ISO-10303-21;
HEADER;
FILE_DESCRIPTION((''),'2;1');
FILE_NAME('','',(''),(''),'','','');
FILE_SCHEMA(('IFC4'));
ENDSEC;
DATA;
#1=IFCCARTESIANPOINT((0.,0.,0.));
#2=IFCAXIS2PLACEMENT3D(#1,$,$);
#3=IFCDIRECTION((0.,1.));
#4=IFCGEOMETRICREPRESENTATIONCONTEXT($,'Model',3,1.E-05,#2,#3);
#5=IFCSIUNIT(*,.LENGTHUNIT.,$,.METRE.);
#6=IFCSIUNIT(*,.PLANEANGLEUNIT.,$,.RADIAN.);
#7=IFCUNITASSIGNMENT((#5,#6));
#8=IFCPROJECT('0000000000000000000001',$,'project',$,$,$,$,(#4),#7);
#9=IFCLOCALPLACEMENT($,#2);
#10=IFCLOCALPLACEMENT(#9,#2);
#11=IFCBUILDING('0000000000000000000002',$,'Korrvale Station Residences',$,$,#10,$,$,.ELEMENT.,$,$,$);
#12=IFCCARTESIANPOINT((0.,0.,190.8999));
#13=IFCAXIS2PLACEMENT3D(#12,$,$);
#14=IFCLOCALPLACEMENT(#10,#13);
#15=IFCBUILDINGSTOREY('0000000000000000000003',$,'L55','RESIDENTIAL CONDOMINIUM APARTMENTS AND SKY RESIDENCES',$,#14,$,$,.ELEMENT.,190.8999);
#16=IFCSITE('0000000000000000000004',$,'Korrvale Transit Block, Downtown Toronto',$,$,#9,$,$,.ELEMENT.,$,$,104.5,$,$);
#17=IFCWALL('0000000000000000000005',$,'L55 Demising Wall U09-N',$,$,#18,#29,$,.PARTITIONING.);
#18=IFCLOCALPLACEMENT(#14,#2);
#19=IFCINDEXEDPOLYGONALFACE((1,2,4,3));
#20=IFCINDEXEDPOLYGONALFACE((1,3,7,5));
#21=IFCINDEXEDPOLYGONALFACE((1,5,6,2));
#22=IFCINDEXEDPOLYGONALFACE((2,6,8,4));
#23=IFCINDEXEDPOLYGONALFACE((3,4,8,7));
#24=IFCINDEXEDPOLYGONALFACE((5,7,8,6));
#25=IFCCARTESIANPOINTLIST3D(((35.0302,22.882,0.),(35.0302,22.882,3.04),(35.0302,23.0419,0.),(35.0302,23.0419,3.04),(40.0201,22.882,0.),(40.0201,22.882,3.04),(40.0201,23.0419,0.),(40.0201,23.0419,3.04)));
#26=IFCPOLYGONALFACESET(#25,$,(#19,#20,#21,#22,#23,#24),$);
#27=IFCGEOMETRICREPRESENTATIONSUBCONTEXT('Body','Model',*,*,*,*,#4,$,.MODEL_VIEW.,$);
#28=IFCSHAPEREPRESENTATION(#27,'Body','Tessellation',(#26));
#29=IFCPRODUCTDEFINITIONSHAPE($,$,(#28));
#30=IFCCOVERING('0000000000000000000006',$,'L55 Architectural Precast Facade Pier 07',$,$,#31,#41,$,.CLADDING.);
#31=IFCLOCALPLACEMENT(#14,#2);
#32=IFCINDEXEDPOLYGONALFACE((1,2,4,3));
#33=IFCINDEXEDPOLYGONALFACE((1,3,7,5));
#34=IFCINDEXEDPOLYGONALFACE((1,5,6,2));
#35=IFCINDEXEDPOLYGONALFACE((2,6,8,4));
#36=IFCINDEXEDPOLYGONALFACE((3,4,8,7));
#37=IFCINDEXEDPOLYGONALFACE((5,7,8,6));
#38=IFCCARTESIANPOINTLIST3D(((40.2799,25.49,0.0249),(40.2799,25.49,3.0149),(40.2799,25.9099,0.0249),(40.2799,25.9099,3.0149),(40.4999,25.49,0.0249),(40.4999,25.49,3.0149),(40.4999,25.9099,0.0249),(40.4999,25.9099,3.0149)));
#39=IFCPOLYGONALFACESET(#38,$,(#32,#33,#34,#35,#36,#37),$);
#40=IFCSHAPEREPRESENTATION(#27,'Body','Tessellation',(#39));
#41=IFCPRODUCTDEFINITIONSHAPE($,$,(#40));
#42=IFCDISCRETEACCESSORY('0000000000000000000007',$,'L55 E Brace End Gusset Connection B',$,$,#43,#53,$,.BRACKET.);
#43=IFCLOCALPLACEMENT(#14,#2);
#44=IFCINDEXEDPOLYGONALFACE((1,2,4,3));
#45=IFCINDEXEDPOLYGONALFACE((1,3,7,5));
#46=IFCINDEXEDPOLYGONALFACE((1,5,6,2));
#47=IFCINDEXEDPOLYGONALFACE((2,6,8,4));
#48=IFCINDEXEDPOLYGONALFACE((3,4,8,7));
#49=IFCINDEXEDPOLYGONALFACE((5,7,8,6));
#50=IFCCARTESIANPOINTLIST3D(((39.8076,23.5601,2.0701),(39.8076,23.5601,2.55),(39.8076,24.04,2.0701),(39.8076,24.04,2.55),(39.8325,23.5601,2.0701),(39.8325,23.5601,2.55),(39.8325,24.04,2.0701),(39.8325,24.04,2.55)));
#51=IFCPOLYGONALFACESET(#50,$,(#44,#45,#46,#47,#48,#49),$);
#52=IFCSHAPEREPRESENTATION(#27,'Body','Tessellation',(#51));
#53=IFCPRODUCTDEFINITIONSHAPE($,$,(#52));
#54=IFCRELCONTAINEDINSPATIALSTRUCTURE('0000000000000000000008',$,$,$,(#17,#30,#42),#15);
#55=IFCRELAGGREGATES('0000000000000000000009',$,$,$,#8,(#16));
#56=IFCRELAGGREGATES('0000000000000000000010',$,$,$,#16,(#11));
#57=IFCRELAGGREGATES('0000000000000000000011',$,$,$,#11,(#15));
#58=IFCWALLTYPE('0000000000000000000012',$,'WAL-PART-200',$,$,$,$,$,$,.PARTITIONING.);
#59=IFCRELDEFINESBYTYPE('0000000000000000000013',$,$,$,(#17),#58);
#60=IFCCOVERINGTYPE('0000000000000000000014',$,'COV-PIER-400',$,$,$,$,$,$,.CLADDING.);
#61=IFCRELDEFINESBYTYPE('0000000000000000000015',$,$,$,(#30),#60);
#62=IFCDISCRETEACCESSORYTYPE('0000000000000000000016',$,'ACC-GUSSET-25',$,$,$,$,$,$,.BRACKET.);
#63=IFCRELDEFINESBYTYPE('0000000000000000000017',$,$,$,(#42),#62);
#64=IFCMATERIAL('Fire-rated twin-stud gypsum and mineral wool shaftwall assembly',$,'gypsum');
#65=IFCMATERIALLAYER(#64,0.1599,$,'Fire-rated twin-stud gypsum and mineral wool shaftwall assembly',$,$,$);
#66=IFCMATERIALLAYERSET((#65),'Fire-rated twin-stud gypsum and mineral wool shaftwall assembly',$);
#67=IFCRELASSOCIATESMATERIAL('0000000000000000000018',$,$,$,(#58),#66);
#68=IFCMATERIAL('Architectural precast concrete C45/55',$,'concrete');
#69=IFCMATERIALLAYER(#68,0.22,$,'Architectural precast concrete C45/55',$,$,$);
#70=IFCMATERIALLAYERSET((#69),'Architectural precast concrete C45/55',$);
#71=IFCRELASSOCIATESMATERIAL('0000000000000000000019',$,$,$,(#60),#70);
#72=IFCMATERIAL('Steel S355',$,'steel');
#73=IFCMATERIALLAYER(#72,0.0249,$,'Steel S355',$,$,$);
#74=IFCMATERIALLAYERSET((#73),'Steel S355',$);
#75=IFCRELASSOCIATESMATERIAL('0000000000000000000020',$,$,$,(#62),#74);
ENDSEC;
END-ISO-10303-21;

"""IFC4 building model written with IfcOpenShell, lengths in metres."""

from ifc_helpers import new_model, si_unit, direction, frame, frame_2d, origin, origin_2d, place, context, subcontext, project, spatial, rectangle, extrude, material, layer, layer_set, type_object, element, save


model = new_model("IFC4")

# Units and contexts
model_context = context("Model", 3, precision=1e-05, world=origin(), true_north=direction((0.0, 1.0)))
body_context = subcontext(model_context, "Body", "Model", "MODEL_VIEW")
ifc_project = project(units=[si_unit("LENGTHUNIT", "METRE"), si_unit("PLANEANGLEUNIT", "RADIAN")], contexts=[model_context])

# Site, building, storey
site_placement = place(None, origin())
site = spatial("IfcSite", under=ifc_project, at=site_placement, Name="Korrvale Transit Block, Downtown Toronto", CompositionType="ELEMENT", RefElevation=104.5)
building_placement = place(site_placement, origin())
building = spatial("IfcBuilding", under=site, at=building_placement, Name="Korrvale Station Residences", CompositionType="ELEMENT")
storey_placement = place(building_placement, frame((0.0, 0.0, 190.8999)))
storey = spatial("IfcBuildingStorey", under=building, at=storey_placement, Name="L55", Description="RESIDENTIAL CONDOMINIUM APARTMENTS AND SKY RESIDENCES", CompositionType="ELEMENT", Elevation=190.8999)

# Shared definitions
ifc_material_1 = material(Name="Steel S355", Category="steel")

# Wall
ifc_material_2 = material(Name="Fire-rated twin-stud gypsum and mineral wool shaftwall assembly", Category="gypsum")
ifc_layer_1 = layer(ifc_material_2, 0.1599, Name="Fire-rated twin-stud gypsum and mineral wool shaftwall assembly")
ifc_layer_set_1 = layer_set([ifc_layer_1], Name="Fire-rated twin-stud gypsum and mineral wool shaftwall assembly")
wall_type_1 = type_object("IfcWallType", Name="WAL-PART-200", PredefinedType="PARTITIONING", material=ifc_layer_set_1)
wall_1_placement = place(storey_placement, frame((35.03, 22.9619, 0.0), z_axis=(0.0, 0.0, 1.0), x_axis=(1.0, 0.0, 0.0)))
element("IfcWall", 1, at=wall_1_placement, inside=storey, type_object=wall_type_1, Name="L55 Demising Wall U09-N", PredefinedType="PARTITIONING", context=body_context, shape_type="SweptSolid", body=[
    extrude(rectangle(XDim=4.99, YDim=0.1599, at=frame_2d((2.4951, 0.0))), origin(), (0.0, 0.0, 1.0), 3.04),
])

# Covering
ifc_material_3 = material(Name="Architectural precast concrete C45/55", Category="concrete")
ifc_layer_2 = layer(ifc_material_3, 0.22, Name="Architectural precast concrete C45/55")
ifc_layer_set_2 = layer_set([ifc_layer_2], Name="Architectural precast concrete C45/55")
covering_type = type_object("IfcCoveringType", Name="COV-PIER-400", PredefinedType="CLADDING", material=ifc_layer_set_2)
covering_placement = place(storey_placement, frame((40.3899, 25.7, 0.0249), z_axis=(0.0, 0.0, 1.0), x_axis=(0.0, 1.0, 0.0)))
element("IfcCovering", 2, at=covering_placement, inside=storey, type_object=covering_type, Name="L55 Architectural Precast Facade Pier 07", PredefinedType="CLADDING", context=body_context, shape_type="SweptSolid", body=[
    extrude(rectangle(XDim=0.4199, YDim=0.22, at=origin_2d()), origin(), (0.0, 0.0, 1.0), 2.99),
])

# Discrete accessory
ifc_layer_3 = layer(ifc_material_1, 0.0249, Name="Steel S355")
ifc_layer_set_3 = layer_set([ifc_layer_3], Name="Steel S355")
discrete_accessory_type = type_object("IfcDiscreteAccessoryType", Name="ACC-GUSSET-25", PredefinedType="BRACKET", material=ifc_layer_set_3)
discrete_accessory_placement = place(storey_placement, frame((39.8201, 23.8, 2.0701), z_axis=(0.0, 0.0, 1.0), x_axis=(0.0, 1.0, 0.0)))
element("IfcDiscreteAccessory", 3, at=discrete_accessory_placement, inside=storey, type_object=discrete_accessory_type, Name="L55 E Brace End Gusset Connection B", PredefinedType="BRACKET", context=body_context, shape_type="SweptSolid", body=[
    extrude(rectangle(XDim=0.48, YDim=0.0249, at=origin_2d()), origin(), (0.0, 0.0, 1.0), 0.48),
])

save(model, "model.ifc")
